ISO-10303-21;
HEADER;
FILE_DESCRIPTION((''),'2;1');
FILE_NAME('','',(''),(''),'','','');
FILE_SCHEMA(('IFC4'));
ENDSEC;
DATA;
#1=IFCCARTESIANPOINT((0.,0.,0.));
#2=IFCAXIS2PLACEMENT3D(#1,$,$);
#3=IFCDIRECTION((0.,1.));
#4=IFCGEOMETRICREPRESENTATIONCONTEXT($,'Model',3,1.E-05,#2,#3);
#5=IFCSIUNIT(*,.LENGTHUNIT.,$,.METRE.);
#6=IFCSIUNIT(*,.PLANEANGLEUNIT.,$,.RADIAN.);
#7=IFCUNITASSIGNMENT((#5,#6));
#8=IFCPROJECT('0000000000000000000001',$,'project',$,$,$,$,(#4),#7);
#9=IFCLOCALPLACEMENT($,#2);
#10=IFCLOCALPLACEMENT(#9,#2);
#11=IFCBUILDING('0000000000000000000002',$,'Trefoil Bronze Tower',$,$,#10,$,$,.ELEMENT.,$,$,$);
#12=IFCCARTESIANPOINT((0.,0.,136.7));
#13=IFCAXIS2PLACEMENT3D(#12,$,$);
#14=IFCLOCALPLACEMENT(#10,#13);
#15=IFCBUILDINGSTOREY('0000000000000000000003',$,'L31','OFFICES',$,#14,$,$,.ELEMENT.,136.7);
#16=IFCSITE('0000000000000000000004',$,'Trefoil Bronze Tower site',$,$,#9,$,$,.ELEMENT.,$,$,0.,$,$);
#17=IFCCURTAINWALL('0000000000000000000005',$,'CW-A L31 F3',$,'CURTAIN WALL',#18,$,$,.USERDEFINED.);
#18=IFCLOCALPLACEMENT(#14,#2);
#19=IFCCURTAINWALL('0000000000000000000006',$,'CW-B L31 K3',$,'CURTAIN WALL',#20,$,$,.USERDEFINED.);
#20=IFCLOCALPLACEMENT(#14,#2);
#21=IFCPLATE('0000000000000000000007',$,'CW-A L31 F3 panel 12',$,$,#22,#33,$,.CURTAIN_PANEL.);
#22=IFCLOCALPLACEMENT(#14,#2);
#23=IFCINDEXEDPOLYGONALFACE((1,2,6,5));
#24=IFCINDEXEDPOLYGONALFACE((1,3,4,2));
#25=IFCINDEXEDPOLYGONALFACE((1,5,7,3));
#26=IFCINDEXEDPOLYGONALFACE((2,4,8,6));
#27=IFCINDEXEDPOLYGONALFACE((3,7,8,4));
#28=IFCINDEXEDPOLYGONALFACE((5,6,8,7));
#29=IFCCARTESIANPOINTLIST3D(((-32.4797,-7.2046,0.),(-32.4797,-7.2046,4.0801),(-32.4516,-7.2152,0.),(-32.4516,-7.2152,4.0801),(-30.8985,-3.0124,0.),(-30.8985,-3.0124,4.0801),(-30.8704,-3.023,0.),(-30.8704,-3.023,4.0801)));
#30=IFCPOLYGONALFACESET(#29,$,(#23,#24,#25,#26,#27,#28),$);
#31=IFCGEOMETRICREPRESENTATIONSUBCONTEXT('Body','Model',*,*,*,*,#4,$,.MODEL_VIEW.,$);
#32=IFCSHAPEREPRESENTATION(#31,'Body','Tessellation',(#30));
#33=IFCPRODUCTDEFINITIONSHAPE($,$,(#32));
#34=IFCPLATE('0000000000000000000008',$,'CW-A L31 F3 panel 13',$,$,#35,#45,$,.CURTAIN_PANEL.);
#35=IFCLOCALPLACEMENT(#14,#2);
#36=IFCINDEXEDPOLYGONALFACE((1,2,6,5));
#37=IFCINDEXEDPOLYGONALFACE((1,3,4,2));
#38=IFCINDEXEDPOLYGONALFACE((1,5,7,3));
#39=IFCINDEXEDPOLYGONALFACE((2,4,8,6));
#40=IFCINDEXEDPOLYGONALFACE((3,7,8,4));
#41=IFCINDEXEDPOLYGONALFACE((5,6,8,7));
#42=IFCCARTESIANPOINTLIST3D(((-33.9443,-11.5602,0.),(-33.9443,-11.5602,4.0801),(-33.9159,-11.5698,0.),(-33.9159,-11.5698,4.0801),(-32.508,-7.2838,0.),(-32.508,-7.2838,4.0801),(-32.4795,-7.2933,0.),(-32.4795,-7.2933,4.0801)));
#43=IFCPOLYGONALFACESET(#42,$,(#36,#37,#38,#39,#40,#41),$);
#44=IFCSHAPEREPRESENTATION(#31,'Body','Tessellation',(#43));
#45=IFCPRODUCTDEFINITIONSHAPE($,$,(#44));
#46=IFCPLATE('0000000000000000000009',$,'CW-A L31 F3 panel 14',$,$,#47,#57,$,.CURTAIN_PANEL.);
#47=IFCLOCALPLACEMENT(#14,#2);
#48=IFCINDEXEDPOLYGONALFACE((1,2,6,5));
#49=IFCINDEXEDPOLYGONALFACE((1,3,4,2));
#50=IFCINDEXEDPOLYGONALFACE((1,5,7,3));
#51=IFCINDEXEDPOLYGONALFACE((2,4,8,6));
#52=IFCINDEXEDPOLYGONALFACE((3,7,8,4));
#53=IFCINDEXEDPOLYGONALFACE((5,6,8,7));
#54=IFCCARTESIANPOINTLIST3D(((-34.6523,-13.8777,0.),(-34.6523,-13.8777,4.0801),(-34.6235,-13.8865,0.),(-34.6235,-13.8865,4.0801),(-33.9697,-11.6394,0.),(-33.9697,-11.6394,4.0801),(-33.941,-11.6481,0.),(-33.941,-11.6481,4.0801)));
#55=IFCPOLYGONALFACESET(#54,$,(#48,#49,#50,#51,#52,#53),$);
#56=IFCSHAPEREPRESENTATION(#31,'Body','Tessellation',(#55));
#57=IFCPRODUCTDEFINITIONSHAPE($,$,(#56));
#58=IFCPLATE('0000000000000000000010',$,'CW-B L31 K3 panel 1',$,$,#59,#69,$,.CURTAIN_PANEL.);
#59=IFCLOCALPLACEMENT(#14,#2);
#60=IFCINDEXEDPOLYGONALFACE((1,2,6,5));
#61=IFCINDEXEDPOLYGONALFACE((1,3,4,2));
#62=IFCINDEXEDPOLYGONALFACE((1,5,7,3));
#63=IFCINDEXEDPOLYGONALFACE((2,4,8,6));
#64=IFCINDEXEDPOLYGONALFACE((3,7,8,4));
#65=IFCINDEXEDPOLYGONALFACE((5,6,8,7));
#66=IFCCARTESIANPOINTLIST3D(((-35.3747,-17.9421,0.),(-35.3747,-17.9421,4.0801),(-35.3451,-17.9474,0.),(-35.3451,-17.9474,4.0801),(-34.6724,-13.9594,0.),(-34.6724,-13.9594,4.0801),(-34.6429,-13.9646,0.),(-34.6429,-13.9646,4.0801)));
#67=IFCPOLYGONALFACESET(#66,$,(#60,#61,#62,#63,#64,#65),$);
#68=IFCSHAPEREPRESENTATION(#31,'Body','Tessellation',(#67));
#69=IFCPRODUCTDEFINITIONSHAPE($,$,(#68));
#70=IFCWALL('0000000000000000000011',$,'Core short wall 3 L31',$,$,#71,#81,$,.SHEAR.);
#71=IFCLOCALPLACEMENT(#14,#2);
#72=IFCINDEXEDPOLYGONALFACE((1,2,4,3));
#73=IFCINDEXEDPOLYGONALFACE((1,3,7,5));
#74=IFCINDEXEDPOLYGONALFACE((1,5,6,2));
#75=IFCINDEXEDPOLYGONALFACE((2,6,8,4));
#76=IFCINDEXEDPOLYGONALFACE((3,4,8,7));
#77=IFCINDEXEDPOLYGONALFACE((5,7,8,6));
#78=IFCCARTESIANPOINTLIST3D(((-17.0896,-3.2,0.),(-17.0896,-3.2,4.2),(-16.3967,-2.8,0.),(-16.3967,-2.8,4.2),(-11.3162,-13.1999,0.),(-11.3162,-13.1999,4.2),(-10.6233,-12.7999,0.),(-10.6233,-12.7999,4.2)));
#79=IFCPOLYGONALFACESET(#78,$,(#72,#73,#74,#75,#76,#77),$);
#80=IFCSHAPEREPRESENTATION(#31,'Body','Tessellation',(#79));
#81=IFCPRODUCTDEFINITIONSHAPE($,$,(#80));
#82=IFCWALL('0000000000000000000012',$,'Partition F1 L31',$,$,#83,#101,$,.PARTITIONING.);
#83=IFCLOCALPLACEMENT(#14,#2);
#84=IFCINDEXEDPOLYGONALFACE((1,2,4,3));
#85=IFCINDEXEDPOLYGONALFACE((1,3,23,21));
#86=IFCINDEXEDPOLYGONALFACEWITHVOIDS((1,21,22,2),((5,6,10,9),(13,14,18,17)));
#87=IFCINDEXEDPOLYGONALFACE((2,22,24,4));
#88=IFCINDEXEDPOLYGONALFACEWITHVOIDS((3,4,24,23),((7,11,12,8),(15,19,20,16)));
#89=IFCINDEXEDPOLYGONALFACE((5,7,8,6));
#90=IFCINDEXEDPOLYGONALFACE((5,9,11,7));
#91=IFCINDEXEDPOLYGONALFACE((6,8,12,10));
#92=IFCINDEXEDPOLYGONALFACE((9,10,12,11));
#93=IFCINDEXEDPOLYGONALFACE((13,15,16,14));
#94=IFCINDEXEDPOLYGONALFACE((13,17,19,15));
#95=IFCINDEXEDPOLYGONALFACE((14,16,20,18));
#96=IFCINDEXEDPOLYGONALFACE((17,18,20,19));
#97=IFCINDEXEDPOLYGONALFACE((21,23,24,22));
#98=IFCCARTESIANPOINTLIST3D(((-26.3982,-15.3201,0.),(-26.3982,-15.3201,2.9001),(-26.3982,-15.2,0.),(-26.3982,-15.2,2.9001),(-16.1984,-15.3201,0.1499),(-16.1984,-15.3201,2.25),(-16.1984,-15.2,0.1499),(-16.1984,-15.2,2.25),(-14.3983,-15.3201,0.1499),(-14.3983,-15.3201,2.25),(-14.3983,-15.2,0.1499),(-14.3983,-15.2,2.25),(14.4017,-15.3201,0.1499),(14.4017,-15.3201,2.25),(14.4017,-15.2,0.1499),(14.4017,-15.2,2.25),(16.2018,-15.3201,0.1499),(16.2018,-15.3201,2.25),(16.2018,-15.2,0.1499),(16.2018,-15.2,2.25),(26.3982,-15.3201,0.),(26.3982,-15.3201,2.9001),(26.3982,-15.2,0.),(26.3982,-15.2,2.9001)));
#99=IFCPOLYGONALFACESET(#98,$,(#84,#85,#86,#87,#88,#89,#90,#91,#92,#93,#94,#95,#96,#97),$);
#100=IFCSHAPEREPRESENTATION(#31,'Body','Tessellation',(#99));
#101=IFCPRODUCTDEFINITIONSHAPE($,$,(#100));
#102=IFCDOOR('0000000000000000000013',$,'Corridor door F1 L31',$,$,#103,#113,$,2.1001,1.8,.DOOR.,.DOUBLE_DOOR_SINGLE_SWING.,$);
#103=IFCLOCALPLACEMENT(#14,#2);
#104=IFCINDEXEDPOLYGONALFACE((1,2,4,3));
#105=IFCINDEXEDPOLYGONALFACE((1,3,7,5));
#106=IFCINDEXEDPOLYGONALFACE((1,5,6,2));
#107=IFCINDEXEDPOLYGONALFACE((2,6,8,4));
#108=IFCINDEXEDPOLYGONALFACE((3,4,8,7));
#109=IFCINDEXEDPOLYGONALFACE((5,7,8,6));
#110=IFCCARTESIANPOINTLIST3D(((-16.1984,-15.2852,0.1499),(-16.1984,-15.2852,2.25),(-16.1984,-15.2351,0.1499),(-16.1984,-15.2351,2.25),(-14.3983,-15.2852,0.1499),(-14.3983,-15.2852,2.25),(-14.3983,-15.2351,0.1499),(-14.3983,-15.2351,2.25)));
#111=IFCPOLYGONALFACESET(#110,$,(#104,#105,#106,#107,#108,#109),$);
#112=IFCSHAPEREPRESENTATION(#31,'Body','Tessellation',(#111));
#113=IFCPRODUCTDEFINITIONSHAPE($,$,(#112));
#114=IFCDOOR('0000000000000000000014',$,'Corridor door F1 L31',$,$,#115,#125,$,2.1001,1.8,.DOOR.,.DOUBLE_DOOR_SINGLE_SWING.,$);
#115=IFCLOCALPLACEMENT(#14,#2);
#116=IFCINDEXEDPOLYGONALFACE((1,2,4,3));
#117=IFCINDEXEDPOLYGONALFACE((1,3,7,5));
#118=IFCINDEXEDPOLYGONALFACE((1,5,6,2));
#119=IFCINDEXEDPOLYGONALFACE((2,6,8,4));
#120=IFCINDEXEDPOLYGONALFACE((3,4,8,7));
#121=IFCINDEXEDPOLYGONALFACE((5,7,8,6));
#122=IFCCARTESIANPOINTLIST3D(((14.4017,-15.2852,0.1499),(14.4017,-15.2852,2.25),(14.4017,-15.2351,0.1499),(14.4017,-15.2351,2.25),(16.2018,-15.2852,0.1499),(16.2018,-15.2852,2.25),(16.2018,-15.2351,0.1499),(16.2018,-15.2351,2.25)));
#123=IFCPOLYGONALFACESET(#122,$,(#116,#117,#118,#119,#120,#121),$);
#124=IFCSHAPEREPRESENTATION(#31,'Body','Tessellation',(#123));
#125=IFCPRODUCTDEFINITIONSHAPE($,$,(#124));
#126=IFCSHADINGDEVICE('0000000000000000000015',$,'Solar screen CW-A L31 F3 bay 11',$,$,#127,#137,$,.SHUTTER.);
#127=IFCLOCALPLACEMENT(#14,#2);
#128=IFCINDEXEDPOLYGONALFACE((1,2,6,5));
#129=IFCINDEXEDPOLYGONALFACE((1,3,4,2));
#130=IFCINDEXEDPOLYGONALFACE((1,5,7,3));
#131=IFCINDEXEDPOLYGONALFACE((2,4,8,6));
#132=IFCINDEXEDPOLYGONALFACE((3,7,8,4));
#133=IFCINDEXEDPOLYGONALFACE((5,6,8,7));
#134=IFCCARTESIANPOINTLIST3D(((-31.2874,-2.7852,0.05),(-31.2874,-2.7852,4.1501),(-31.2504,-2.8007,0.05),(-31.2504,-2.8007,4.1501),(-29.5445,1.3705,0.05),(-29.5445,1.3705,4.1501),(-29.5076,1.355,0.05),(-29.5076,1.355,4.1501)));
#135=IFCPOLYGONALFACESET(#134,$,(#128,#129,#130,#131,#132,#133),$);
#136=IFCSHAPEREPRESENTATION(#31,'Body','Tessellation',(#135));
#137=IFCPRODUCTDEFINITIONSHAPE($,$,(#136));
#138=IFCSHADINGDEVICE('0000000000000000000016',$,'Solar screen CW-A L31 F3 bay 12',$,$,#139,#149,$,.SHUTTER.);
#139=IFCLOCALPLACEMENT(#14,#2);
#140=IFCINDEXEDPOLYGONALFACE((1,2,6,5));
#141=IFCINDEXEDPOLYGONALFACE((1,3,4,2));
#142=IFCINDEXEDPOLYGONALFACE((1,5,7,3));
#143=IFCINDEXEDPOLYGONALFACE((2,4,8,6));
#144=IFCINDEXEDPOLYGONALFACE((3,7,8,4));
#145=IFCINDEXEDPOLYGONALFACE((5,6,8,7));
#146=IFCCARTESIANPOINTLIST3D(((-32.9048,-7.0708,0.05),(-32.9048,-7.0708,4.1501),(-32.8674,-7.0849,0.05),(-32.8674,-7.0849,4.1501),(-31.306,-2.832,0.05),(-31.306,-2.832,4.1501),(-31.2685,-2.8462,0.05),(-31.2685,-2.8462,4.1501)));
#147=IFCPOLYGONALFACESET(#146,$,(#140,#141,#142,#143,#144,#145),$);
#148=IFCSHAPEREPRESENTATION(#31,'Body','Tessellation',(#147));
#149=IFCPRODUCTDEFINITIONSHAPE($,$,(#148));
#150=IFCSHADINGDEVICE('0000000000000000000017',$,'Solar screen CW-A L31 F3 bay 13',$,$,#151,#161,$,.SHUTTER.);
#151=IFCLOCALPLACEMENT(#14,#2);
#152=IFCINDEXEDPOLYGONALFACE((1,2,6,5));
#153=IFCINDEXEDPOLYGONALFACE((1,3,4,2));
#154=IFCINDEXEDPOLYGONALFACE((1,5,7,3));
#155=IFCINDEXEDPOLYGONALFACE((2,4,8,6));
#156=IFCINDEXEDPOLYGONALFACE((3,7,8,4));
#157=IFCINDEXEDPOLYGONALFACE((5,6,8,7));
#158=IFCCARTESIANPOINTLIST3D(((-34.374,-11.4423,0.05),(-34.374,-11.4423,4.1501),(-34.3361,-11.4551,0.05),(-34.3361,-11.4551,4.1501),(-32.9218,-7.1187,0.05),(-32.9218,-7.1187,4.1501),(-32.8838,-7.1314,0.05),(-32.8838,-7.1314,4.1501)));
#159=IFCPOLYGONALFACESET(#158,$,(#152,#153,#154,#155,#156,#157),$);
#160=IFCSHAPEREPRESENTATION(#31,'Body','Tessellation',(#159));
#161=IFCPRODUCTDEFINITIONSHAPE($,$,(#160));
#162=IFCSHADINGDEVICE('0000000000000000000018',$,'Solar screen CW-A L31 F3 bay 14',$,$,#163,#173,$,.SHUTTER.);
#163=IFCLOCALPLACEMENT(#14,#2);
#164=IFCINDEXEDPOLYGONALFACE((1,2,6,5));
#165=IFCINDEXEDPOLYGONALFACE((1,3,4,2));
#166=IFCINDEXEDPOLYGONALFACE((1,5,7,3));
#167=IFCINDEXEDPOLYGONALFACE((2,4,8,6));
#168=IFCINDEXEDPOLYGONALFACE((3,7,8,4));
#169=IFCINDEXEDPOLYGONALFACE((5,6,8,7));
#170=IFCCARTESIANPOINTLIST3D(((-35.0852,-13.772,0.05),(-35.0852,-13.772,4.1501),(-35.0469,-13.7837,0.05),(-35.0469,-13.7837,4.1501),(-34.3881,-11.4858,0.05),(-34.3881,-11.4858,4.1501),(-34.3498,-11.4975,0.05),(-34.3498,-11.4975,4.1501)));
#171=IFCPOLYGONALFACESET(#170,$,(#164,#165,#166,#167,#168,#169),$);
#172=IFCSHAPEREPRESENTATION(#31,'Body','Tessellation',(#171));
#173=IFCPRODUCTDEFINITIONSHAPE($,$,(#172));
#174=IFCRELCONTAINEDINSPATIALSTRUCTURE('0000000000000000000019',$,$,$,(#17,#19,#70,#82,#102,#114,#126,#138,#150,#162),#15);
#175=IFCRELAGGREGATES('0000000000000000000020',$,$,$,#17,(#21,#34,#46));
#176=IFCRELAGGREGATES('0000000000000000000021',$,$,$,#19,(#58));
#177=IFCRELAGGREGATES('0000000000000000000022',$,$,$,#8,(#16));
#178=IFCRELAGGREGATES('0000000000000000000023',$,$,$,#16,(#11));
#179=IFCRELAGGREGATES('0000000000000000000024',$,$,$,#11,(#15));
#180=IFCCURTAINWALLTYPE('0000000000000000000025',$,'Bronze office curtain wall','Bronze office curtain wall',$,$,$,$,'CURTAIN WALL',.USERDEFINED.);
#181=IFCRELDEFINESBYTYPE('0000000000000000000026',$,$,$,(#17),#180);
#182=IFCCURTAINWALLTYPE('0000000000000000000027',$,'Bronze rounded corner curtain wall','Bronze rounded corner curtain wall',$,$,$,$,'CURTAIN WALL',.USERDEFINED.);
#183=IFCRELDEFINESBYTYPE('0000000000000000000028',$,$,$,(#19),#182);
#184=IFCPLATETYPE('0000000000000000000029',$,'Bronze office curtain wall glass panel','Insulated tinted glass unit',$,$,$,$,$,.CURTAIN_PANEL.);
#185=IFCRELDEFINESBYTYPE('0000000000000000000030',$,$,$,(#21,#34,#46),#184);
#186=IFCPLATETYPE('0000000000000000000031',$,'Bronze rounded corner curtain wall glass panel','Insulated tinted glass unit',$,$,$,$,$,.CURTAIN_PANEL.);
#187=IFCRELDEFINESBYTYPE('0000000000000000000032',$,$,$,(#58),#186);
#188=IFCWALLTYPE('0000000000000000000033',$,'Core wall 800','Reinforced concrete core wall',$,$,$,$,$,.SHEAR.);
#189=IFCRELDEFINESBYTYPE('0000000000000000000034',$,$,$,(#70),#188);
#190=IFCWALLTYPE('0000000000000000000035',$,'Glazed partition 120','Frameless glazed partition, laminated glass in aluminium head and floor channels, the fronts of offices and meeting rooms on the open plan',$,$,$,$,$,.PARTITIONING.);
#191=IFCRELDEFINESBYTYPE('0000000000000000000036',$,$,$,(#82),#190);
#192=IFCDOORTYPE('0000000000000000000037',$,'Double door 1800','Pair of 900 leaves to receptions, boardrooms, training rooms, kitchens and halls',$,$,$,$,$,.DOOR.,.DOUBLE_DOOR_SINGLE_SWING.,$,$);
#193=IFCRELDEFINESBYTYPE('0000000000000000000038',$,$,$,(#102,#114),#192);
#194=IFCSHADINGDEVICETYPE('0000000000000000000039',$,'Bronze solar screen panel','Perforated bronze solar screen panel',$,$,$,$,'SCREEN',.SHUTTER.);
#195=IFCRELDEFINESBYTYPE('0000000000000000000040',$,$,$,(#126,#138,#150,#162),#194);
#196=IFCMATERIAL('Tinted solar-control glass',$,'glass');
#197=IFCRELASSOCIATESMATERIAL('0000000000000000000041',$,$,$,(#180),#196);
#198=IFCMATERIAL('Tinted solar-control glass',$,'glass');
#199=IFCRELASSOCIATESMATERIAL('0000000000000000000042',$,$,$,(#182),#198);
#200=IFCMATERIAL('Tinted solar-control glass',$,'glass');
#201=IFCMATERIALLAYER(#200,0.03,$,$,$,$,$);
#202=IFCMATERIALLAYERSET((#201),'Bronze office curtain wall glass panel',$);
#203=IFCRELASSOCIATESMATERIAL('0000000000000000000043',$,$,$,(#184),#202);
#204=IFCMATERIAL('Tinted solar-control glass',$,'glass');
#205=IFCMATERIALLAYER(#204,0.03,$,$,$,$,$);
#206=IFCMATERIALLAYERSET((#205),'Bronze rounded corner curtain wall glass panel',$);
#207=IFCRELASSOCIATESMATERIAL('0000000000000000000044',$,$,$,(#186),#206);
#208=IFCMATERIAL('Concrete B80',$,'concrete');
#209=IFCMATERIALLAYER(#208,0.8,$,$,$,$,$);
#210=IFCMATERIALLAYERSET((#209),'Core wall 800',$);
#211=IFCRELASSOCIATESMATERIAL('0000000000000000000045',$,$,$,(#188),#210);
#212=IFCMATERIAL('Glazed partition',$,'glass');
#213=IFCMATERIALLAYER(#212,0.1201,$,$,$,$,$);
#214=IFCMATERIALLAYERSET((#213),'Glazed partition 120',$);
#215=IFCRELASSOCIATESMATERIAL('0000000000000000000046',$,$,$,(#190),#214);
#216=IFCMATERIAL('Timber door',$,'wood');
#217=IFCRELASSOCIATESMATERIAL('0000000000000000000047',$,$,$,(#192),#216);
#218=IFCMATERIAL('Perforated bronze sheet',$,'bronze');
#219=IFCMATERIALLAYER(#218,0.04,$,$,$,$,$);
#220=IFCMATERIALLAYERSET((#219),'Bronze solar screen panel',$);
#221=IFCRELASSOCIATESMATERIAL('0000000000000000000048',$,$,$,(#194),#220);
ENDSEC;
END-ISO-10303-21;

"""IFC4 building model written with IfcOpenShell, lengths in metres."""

from ifc_helpers import new_model, si_unit, direction, frame, frame_2d, origin, origin_2d, place, context, subcontext, project, spatial, rectangle, extrude, material, layer, layer_set, type_object, element, fill, aggregate, save


model = new_model("IFC4")

# Units and contexts
model_context = context("Model", 3, precision=1e-05, world=origin(), true_north=direction((0.0, 1.0)))
body_context = subcontext(model_context, "Body", "Model", "MODEL_VIEW")
ifc_project = project(units=[si_unit("LENGTHUNIT", "METRE"), si_unit("PLANEANGLEUNIT", "RADIAN")], contexts=[model_context])

# Site, building, storey
site_placement = place(None, origin())
site = spatial("IfcSite", under=ifc_project, at=site_placement, Name="Trefoil Bronze Tower site", CompositionType="ELEMENT", RefElevation=0.0)
building_placement = place(site_placement, origin())
building = spatial("IfcBuilding", under=site, at=building_placement, Name="Trefoil Bronze Tower", CompositionType="ELEMENT")
storey_placement = place(building_placement, frame((0.0, 0.0, 136.7)))
storey = spatial("IfcBuildingStorey", under=building, at=storey_placement, Name="L31", Description="OFFICES", CompositionType="ELEMENT", Elevation=136.7)

# Curtain walls
ifc_material_1 = material(Name="Tinted solar-control glass", Category="glass")
curtain_wall_type_1 = type_object("IfcCurtainWallType", Name="Bronze office curtain wall", Description="Bronze office curtain wall", ElementType="CURTAIN WALL", PredefinedType="USERDEFINED", material=ifc_material_1)
curtain_wall_1_placement = place(storey_placement, origin())
curtain_wall_1 = element("IfcCurtainWall", 1, at=curtain_wall_1_placement, inside=storey, type_object=curtain_wall_type_1, Name="CW-A L31 F3", ObjectType="CURTAIN WALL", PredefinedType="USERDEFINED")
ifc_material_2 = material(Name="Tinted solar-control glass", Category="glass")
curtain_wall_type_2 = type_object("IfcCurtainWallType", Name="Bronze rounded corner curtain wall", Description="Bronze rounded corner curtain wall", ElementType="CURTAIN WALL", PredefinedType="USERDEFINED", material=ifc_material_2)
curtain_wall_2_placement = place(storey_placement, origin())
curtain_wall_2 = element("IfcCurtainWall", 2, at=curtain_wall_2_placement, inside=storey, type_object=curtain_wall_type_2, Name="CW-B L31 K3", ObjectType="CURTAIN WALL", PredefinedType="USERDEFINED")

# Plates
ifc_material_3 = material(Name="Tinted solar-control glass", Category="glass")
ifc_layer_1 = layer(ifc_material_3, 0.03)
ifc_layer_set_1 = layer_set([ifc_layer_1], Name="Bronze office curtain wall glass panel")
plate_type_1 = type_object("IfcPlateType", Name="Bronze office curtain wall glass panel", Description="Insulated tinted glass unit", PredefinedType="CURTAIN_PANEL", material=ifc_layer_set_1)
plate_1_placement = place(storey_placement, frame((-31.675, -5.1138, 0.0), z_axis=(0.0, 0.0, 1.0), x_axis=(-0.35292, -0.935654, 0.0)))
plate_1 = element("IfcPlate", 3, at=plate_1_placement, type_object=plate_type_1, Name="CW-A L31 F3 panel 12", PredefinedType="CURTAIN_PANEL", context=body_context, shape_type="SweptSolid", body=[
    extrude(rectangle(XDim=4.4805, YDim=0.03, at=origin_2d()), origin(), (0.0, 0.0, 1.0), 4.0801),
])
plate_2_placement = place(storey_placement, frame((-33.2119, -9.4268, 0.0), z_axis=(0.0, 0.0, 1.0), x_axis=(-0.318404, -0.947955, 0.0)))
plate_2 = element("IfcPlate", 4, at=plate_2_placement, type_object=plate_type_1, Name="CW-A L31 F3 panel 13", PredefinedType="CURTAIN_PANEL", context=body_context, shape_type="SweptSolid", body=[
    extrude(rectangle(XDim=4.5112, YDim=0.03, at=origin_2d()), origin(), (0.0, 0.0, 1.0), 4.0801),
])
plate_3_placement = place(storey_placement, frame((-34.2966, -12.7629, 0.0), z_axis=(0.0, 0.0, 1.0), x_axis=(-0.291669, -0.956519, 0.0)))
plate_3 = element("IfcPlate", 5, at=plate_3_placement, type_object=plate_type_1, Name="CW-A L31 F3 panel 14", PredefinedType="CURTAIN_PANEL", context=body_context, shape_type="SweptSolid", body=[
    extrude(rectangle(XDim=2.3401, YDim=0.03, at=origin_2d()), origin(), (0.0, 0.0, 1.0), 4.0801),
])
aggregate(curtain_wall_1, [plate_1, plate_2, plate_3])
ifc_material_4 = material(Name="Tinted solar-control glass", Category="glass")
ifc_layer_2 = layer(ifc_material_4, 0.03)
ifc_layer_set_2 = layer_set([ifc_layer_2], Name="Bronze rounded corner curtain wall glass panel")
plate_type_2 = type_object("IfcPlateType", Name="Bronze rounded corner curtain wall glass panel", Description="Insulated tinted glass unit", PredefinedType="CURTAIN_PANEL", material=ifc_layer_set_2)
plate_4_placement = place(storey_placement, frame((-35.0088, -15.9534, 0.0), z_axis=(0.0, 0.0, 1.0), x_axis=(-0.173648, -0.984808, 0.0)))
plate_4 = element("IfcPlate", 6, at=plate_4_placement, type_object=plate_type_2, Name="CW-B L31 K3 panel 1", PredefinedType="CURTAIN_PANEL", context=body_context, shape_type="SweptSolid", body=[
    extrude(rectangle(XDim=4.0442, YDim=0.03, at=origin_2d()), origin(), (0.0, 0.0, 1.0), 4.0801),
])
aggregate(curtain_wall_2, [plate_4])

# Wall
ifc_material_5 = material(Name="Concrete B80", Category="concrete")
ifc_layer_3 = layer(ifc_material_5, 0.8)
ifc_layer_set_3 = layer_set([ifc_layer_3], Name="Core wall 800")
wall_type_1 = type_object("IfcWallType", Name="Core wall 800", Description="Reinforced concrete core wall", PredefinedType="SHEAR", material=ifc_layer_set_3)
wall_1_placement = place(storey_placement, frame((-16.7432, -3.0, 0.0), z_axis=(0.0, 0.0, 1.0), x_axis=(0.499996, -0.866028, 0.0)))
element("IfcWall", 7, at=wall_1_placement, inside=storey, type_object=wall_type_1, Name="Core short wall 3 L31", PredefinedType="SHEAR", context=body_context, shape_type="SweptSolid", body=[
    extrude(rectangle(XDim=11.5469, YDim=0.8, at=frame_2d((5.7734, 0.0))), origin(), (0.0, 0.0, 1.0), 4.2),
])

# Wall, openings, doors
ifc_material_6 = material(Name="Glazed partition", Category="glass")
ifc_layer_4 = layer(ifc_material_6, 0.1201)
ifc_layer_set_4 = layer_set([ifc_layer_4], Name="Glazed partition 120")
wall_type_2 = type_object("IfcWallType", Name="Glazed partition 120", Description="Frameless glazed partition, laminated glass in aluminium head and floor channels, the fronts of offices and meeting rooms on the open plan", PredefinedType="PARTITIONING", material=ifc_layer_set_4)
wall_2_placement = place(storey_placement, frame((-26.3982, -15.26, 0.0), z_axis=(0.0, 0.0, 1.0), x_axis=(1.0, 0.0, 0.0)))
wall_2 = element("IfcWall", 8, at=wall_2_placement, inside=storey, type_object=wall_type_2, Name="Partition F1 L31", PredefinedType="PARTITIONING", context=body_context, shape_type="SweptSolid", body=[
    extrude(rectangle(XDim=52.7964, YDim=0.1201, at=frame_2d((26.3982, 0.0))), origin(), (0.0, 0.0, 1.0), 2.9001),
])
opening_1_placement = place(wall_2_placement, frame((10.2, 0.0, 0.1499)))
opening_1 = element("IfcOpeningElement", 9, at=opening_1_placement, cuts=wall_2, PredefinedType="OPENING", context=body_context, shape_type="SweptSolid", body=[
    extrude(rectangle(XDim=1.8, YDim=2.1001, at=frame_2d((0.8999, 1.05))), frame((0.0, 0.0701, 0.0), z_axis=(0.0, -1.0, 0.0), x_axis=(1.0, 0.0, 0.0)), (0.0, 0.0, 1.0), 0.1401),
])
opening_2_placement = place(wall_2_placement, frame((40.8, 0.0, 0.1499)))
opening_2 = element("IfcOpeningElement", 10, at=opening_2_placement, cuts=wall_2, PredefinedType="OPENING", context=body_context, shape_type="SweptSolid", body=[
    extrude(rectangle(XDim=1.8, YDim=2.1001, at=frame_2d((0.8999, 1.05))), frame((0.0, 0.0701, 0.0), z_axis=(0.0, -1.0, 0.0), x_axis=(1.0, 0.0, 0.0)), (0.0, 0.0, 1.0), 0.1401),
])
ifc_material_7 = material(Name="Timber door", Category="wood")
door_type = type_object("IfcDoorType", Name="Double door 1800", Description="Pair of 900 leaves to receptions, boardrooms, training rooms, kitchens and halls", OperationType="DOUBLE_DOOR_SINGLE_SWING", PredefinedType="DOOR", material=ifc_material_7)
door_1_placement = place(opening_1_placement, origin())
door_1 = element("IfcDoor", 11, at=door_1_placement, inside=storey, type_object=door_type, Name="Corridor door F1 L31", OperationType="DOUBLE_DOOR_SINGLE_SWING", OverallHeight=2.1001, OverallWidth=1.8, PredefinedType="DOOR", context=body_context, shape_type="SweptSolid", body=[
    extrude(rectangle(XDim=1.8, YDim=2.1001, at=frame_2d((0.8999, 1.05))), frame((0.0, 0.0249, 0.0), z_axis=(0.0, -1.0, 0.0), x_axis=(1.0, 0.0, 0.0)), (0.0, 0.0, 1.0), 0.05),
])
fill(opening_1, door_1)
door_2_placement = place(opening_2_placement, origin())
door_2 = element("IfcDoor", 12, at=door_2_placement, inside=storey, type_object=door_type, Name="Corridor door F1 L31", OperationType="DOUBLE_DOOR_SINGLE_SWING", OverallHeight=2.1001, OverallWidth=1.8, PredefinedType="DOOR", context=body_context, shape_type="SweptSolid", body=[
    extrude(rectangle(XDim=1.8, YDim=2.1001, at=frame_2d((0.8999, 1.05))), frame((0.0, 0.0249, 0.0), z_axis=(0.0, -1.0, 0.0), x_axis=(1.0, 0.0, 0.0)), (0.0, 0.0, 1.0), 0.05),
])
fill(opening_2, door_2)

# Shading devices
ifc_material_8 = material(Name="Perforated bronze sheet", Category="bronze")
ifc_layer_5 = layer(ifc_material_8, 0.04)
ifc_layer_set_5 = layer_set([ifc_layer_5], Name="Bronze solar screen panel")
shading_device_type = type_object("IfcShadingDeviceType", Name="Bronze solar screen panel", Description="Perforated bronze solar screen panel", ElementType="SCREEN", PredefinedType="SHUTTER", material=ifc_layer_set_5)
shading_device_1_placement = place(storey_placement, frame((-30.3975, -0.7151, 0.05), z_axis=(0.0, 0.0, 1.0), x_axis=(-0.386759, -0.922181, 0.0)))
element("IfcShadingDevice", 13, at=shading_device_1_placement, inside=storey, type_object=shading_device_type, Name="Solar screen CW-A L31 F3 bay 11", PredefinedType="SHUTTER", context=body_context, shape_type="SweptSolid", body=[
    extrude(rectangle(XDim=4.5063, YDim=0.04, at=origin_2d()), origin(), (0.0, 0.0, 1.0), 4.1001),
])
shading_device_2_placement = place(storey_placement, frame((-32.0867, -4.9585, 0.05), z_axis=(0.0, 0.0, 1.0), x_axis=(-0.35292, -0.935654, 0.0)))
element("IfcShadingDevice", 14, at=shading_device_2_placement, inside=storey, type_object=shading_device_type, Name="Solar screen CW-A L31 F3 bay 12", PredefinedType="SHUTTER", context=body_context, shape_type="SweptSolid", body=[
    extrude(rectangle(XDim=4.5303, YDim=0.04, at=origin_2d()), origin(), (0.0, 0.0, 1.0), 4.1001),
])
shading_device_3_placement = place(storey_placement, frame((-33.6289, -9.2869, 0.05), z_axis=(0.0, 0.0, 1.0), x_axis=(-0.318404, -0.947955, 0.0)))
element("IfcShadingDevice", 15, at=shading_device_3_placement, inside=storey, type_object=shading_device_type, Name="Solar screen CW-A L31 F3 bay 13", PredefinedType="SHUTTER", context=body_context, shape_type="SweptSolid", body=[
    extrude(rectangle(XDim=4.561, YDim=0.04, at=origin_2d()), origin(), (0.0, 0.0, 1.0), 4.1001),
])
shading_device_4_placement = place(storey_placement, frame((-34.7175, -12.6348, 0.05), z_axis=(0.0, 0.0, 1.0), x_axis=(-0.291669, -0.956519, 0.0)))
element("IfcShadingDevice", 16, at=shading_device_4_placement, inside=storey, type_object=shading_device_type, Name="Solar screen CW-A L31 F3 bay 14", PredefinedType="SHUTTER", context=body_context, shape_type="SweptSolid", body=[
    extrude(rectangle(XDim=2.3901, YDim=0.04, at=origin_2d()), origin(), (0.0, 0.0, 1.0), 4.1001),
])

save(model, "model.ifc")
